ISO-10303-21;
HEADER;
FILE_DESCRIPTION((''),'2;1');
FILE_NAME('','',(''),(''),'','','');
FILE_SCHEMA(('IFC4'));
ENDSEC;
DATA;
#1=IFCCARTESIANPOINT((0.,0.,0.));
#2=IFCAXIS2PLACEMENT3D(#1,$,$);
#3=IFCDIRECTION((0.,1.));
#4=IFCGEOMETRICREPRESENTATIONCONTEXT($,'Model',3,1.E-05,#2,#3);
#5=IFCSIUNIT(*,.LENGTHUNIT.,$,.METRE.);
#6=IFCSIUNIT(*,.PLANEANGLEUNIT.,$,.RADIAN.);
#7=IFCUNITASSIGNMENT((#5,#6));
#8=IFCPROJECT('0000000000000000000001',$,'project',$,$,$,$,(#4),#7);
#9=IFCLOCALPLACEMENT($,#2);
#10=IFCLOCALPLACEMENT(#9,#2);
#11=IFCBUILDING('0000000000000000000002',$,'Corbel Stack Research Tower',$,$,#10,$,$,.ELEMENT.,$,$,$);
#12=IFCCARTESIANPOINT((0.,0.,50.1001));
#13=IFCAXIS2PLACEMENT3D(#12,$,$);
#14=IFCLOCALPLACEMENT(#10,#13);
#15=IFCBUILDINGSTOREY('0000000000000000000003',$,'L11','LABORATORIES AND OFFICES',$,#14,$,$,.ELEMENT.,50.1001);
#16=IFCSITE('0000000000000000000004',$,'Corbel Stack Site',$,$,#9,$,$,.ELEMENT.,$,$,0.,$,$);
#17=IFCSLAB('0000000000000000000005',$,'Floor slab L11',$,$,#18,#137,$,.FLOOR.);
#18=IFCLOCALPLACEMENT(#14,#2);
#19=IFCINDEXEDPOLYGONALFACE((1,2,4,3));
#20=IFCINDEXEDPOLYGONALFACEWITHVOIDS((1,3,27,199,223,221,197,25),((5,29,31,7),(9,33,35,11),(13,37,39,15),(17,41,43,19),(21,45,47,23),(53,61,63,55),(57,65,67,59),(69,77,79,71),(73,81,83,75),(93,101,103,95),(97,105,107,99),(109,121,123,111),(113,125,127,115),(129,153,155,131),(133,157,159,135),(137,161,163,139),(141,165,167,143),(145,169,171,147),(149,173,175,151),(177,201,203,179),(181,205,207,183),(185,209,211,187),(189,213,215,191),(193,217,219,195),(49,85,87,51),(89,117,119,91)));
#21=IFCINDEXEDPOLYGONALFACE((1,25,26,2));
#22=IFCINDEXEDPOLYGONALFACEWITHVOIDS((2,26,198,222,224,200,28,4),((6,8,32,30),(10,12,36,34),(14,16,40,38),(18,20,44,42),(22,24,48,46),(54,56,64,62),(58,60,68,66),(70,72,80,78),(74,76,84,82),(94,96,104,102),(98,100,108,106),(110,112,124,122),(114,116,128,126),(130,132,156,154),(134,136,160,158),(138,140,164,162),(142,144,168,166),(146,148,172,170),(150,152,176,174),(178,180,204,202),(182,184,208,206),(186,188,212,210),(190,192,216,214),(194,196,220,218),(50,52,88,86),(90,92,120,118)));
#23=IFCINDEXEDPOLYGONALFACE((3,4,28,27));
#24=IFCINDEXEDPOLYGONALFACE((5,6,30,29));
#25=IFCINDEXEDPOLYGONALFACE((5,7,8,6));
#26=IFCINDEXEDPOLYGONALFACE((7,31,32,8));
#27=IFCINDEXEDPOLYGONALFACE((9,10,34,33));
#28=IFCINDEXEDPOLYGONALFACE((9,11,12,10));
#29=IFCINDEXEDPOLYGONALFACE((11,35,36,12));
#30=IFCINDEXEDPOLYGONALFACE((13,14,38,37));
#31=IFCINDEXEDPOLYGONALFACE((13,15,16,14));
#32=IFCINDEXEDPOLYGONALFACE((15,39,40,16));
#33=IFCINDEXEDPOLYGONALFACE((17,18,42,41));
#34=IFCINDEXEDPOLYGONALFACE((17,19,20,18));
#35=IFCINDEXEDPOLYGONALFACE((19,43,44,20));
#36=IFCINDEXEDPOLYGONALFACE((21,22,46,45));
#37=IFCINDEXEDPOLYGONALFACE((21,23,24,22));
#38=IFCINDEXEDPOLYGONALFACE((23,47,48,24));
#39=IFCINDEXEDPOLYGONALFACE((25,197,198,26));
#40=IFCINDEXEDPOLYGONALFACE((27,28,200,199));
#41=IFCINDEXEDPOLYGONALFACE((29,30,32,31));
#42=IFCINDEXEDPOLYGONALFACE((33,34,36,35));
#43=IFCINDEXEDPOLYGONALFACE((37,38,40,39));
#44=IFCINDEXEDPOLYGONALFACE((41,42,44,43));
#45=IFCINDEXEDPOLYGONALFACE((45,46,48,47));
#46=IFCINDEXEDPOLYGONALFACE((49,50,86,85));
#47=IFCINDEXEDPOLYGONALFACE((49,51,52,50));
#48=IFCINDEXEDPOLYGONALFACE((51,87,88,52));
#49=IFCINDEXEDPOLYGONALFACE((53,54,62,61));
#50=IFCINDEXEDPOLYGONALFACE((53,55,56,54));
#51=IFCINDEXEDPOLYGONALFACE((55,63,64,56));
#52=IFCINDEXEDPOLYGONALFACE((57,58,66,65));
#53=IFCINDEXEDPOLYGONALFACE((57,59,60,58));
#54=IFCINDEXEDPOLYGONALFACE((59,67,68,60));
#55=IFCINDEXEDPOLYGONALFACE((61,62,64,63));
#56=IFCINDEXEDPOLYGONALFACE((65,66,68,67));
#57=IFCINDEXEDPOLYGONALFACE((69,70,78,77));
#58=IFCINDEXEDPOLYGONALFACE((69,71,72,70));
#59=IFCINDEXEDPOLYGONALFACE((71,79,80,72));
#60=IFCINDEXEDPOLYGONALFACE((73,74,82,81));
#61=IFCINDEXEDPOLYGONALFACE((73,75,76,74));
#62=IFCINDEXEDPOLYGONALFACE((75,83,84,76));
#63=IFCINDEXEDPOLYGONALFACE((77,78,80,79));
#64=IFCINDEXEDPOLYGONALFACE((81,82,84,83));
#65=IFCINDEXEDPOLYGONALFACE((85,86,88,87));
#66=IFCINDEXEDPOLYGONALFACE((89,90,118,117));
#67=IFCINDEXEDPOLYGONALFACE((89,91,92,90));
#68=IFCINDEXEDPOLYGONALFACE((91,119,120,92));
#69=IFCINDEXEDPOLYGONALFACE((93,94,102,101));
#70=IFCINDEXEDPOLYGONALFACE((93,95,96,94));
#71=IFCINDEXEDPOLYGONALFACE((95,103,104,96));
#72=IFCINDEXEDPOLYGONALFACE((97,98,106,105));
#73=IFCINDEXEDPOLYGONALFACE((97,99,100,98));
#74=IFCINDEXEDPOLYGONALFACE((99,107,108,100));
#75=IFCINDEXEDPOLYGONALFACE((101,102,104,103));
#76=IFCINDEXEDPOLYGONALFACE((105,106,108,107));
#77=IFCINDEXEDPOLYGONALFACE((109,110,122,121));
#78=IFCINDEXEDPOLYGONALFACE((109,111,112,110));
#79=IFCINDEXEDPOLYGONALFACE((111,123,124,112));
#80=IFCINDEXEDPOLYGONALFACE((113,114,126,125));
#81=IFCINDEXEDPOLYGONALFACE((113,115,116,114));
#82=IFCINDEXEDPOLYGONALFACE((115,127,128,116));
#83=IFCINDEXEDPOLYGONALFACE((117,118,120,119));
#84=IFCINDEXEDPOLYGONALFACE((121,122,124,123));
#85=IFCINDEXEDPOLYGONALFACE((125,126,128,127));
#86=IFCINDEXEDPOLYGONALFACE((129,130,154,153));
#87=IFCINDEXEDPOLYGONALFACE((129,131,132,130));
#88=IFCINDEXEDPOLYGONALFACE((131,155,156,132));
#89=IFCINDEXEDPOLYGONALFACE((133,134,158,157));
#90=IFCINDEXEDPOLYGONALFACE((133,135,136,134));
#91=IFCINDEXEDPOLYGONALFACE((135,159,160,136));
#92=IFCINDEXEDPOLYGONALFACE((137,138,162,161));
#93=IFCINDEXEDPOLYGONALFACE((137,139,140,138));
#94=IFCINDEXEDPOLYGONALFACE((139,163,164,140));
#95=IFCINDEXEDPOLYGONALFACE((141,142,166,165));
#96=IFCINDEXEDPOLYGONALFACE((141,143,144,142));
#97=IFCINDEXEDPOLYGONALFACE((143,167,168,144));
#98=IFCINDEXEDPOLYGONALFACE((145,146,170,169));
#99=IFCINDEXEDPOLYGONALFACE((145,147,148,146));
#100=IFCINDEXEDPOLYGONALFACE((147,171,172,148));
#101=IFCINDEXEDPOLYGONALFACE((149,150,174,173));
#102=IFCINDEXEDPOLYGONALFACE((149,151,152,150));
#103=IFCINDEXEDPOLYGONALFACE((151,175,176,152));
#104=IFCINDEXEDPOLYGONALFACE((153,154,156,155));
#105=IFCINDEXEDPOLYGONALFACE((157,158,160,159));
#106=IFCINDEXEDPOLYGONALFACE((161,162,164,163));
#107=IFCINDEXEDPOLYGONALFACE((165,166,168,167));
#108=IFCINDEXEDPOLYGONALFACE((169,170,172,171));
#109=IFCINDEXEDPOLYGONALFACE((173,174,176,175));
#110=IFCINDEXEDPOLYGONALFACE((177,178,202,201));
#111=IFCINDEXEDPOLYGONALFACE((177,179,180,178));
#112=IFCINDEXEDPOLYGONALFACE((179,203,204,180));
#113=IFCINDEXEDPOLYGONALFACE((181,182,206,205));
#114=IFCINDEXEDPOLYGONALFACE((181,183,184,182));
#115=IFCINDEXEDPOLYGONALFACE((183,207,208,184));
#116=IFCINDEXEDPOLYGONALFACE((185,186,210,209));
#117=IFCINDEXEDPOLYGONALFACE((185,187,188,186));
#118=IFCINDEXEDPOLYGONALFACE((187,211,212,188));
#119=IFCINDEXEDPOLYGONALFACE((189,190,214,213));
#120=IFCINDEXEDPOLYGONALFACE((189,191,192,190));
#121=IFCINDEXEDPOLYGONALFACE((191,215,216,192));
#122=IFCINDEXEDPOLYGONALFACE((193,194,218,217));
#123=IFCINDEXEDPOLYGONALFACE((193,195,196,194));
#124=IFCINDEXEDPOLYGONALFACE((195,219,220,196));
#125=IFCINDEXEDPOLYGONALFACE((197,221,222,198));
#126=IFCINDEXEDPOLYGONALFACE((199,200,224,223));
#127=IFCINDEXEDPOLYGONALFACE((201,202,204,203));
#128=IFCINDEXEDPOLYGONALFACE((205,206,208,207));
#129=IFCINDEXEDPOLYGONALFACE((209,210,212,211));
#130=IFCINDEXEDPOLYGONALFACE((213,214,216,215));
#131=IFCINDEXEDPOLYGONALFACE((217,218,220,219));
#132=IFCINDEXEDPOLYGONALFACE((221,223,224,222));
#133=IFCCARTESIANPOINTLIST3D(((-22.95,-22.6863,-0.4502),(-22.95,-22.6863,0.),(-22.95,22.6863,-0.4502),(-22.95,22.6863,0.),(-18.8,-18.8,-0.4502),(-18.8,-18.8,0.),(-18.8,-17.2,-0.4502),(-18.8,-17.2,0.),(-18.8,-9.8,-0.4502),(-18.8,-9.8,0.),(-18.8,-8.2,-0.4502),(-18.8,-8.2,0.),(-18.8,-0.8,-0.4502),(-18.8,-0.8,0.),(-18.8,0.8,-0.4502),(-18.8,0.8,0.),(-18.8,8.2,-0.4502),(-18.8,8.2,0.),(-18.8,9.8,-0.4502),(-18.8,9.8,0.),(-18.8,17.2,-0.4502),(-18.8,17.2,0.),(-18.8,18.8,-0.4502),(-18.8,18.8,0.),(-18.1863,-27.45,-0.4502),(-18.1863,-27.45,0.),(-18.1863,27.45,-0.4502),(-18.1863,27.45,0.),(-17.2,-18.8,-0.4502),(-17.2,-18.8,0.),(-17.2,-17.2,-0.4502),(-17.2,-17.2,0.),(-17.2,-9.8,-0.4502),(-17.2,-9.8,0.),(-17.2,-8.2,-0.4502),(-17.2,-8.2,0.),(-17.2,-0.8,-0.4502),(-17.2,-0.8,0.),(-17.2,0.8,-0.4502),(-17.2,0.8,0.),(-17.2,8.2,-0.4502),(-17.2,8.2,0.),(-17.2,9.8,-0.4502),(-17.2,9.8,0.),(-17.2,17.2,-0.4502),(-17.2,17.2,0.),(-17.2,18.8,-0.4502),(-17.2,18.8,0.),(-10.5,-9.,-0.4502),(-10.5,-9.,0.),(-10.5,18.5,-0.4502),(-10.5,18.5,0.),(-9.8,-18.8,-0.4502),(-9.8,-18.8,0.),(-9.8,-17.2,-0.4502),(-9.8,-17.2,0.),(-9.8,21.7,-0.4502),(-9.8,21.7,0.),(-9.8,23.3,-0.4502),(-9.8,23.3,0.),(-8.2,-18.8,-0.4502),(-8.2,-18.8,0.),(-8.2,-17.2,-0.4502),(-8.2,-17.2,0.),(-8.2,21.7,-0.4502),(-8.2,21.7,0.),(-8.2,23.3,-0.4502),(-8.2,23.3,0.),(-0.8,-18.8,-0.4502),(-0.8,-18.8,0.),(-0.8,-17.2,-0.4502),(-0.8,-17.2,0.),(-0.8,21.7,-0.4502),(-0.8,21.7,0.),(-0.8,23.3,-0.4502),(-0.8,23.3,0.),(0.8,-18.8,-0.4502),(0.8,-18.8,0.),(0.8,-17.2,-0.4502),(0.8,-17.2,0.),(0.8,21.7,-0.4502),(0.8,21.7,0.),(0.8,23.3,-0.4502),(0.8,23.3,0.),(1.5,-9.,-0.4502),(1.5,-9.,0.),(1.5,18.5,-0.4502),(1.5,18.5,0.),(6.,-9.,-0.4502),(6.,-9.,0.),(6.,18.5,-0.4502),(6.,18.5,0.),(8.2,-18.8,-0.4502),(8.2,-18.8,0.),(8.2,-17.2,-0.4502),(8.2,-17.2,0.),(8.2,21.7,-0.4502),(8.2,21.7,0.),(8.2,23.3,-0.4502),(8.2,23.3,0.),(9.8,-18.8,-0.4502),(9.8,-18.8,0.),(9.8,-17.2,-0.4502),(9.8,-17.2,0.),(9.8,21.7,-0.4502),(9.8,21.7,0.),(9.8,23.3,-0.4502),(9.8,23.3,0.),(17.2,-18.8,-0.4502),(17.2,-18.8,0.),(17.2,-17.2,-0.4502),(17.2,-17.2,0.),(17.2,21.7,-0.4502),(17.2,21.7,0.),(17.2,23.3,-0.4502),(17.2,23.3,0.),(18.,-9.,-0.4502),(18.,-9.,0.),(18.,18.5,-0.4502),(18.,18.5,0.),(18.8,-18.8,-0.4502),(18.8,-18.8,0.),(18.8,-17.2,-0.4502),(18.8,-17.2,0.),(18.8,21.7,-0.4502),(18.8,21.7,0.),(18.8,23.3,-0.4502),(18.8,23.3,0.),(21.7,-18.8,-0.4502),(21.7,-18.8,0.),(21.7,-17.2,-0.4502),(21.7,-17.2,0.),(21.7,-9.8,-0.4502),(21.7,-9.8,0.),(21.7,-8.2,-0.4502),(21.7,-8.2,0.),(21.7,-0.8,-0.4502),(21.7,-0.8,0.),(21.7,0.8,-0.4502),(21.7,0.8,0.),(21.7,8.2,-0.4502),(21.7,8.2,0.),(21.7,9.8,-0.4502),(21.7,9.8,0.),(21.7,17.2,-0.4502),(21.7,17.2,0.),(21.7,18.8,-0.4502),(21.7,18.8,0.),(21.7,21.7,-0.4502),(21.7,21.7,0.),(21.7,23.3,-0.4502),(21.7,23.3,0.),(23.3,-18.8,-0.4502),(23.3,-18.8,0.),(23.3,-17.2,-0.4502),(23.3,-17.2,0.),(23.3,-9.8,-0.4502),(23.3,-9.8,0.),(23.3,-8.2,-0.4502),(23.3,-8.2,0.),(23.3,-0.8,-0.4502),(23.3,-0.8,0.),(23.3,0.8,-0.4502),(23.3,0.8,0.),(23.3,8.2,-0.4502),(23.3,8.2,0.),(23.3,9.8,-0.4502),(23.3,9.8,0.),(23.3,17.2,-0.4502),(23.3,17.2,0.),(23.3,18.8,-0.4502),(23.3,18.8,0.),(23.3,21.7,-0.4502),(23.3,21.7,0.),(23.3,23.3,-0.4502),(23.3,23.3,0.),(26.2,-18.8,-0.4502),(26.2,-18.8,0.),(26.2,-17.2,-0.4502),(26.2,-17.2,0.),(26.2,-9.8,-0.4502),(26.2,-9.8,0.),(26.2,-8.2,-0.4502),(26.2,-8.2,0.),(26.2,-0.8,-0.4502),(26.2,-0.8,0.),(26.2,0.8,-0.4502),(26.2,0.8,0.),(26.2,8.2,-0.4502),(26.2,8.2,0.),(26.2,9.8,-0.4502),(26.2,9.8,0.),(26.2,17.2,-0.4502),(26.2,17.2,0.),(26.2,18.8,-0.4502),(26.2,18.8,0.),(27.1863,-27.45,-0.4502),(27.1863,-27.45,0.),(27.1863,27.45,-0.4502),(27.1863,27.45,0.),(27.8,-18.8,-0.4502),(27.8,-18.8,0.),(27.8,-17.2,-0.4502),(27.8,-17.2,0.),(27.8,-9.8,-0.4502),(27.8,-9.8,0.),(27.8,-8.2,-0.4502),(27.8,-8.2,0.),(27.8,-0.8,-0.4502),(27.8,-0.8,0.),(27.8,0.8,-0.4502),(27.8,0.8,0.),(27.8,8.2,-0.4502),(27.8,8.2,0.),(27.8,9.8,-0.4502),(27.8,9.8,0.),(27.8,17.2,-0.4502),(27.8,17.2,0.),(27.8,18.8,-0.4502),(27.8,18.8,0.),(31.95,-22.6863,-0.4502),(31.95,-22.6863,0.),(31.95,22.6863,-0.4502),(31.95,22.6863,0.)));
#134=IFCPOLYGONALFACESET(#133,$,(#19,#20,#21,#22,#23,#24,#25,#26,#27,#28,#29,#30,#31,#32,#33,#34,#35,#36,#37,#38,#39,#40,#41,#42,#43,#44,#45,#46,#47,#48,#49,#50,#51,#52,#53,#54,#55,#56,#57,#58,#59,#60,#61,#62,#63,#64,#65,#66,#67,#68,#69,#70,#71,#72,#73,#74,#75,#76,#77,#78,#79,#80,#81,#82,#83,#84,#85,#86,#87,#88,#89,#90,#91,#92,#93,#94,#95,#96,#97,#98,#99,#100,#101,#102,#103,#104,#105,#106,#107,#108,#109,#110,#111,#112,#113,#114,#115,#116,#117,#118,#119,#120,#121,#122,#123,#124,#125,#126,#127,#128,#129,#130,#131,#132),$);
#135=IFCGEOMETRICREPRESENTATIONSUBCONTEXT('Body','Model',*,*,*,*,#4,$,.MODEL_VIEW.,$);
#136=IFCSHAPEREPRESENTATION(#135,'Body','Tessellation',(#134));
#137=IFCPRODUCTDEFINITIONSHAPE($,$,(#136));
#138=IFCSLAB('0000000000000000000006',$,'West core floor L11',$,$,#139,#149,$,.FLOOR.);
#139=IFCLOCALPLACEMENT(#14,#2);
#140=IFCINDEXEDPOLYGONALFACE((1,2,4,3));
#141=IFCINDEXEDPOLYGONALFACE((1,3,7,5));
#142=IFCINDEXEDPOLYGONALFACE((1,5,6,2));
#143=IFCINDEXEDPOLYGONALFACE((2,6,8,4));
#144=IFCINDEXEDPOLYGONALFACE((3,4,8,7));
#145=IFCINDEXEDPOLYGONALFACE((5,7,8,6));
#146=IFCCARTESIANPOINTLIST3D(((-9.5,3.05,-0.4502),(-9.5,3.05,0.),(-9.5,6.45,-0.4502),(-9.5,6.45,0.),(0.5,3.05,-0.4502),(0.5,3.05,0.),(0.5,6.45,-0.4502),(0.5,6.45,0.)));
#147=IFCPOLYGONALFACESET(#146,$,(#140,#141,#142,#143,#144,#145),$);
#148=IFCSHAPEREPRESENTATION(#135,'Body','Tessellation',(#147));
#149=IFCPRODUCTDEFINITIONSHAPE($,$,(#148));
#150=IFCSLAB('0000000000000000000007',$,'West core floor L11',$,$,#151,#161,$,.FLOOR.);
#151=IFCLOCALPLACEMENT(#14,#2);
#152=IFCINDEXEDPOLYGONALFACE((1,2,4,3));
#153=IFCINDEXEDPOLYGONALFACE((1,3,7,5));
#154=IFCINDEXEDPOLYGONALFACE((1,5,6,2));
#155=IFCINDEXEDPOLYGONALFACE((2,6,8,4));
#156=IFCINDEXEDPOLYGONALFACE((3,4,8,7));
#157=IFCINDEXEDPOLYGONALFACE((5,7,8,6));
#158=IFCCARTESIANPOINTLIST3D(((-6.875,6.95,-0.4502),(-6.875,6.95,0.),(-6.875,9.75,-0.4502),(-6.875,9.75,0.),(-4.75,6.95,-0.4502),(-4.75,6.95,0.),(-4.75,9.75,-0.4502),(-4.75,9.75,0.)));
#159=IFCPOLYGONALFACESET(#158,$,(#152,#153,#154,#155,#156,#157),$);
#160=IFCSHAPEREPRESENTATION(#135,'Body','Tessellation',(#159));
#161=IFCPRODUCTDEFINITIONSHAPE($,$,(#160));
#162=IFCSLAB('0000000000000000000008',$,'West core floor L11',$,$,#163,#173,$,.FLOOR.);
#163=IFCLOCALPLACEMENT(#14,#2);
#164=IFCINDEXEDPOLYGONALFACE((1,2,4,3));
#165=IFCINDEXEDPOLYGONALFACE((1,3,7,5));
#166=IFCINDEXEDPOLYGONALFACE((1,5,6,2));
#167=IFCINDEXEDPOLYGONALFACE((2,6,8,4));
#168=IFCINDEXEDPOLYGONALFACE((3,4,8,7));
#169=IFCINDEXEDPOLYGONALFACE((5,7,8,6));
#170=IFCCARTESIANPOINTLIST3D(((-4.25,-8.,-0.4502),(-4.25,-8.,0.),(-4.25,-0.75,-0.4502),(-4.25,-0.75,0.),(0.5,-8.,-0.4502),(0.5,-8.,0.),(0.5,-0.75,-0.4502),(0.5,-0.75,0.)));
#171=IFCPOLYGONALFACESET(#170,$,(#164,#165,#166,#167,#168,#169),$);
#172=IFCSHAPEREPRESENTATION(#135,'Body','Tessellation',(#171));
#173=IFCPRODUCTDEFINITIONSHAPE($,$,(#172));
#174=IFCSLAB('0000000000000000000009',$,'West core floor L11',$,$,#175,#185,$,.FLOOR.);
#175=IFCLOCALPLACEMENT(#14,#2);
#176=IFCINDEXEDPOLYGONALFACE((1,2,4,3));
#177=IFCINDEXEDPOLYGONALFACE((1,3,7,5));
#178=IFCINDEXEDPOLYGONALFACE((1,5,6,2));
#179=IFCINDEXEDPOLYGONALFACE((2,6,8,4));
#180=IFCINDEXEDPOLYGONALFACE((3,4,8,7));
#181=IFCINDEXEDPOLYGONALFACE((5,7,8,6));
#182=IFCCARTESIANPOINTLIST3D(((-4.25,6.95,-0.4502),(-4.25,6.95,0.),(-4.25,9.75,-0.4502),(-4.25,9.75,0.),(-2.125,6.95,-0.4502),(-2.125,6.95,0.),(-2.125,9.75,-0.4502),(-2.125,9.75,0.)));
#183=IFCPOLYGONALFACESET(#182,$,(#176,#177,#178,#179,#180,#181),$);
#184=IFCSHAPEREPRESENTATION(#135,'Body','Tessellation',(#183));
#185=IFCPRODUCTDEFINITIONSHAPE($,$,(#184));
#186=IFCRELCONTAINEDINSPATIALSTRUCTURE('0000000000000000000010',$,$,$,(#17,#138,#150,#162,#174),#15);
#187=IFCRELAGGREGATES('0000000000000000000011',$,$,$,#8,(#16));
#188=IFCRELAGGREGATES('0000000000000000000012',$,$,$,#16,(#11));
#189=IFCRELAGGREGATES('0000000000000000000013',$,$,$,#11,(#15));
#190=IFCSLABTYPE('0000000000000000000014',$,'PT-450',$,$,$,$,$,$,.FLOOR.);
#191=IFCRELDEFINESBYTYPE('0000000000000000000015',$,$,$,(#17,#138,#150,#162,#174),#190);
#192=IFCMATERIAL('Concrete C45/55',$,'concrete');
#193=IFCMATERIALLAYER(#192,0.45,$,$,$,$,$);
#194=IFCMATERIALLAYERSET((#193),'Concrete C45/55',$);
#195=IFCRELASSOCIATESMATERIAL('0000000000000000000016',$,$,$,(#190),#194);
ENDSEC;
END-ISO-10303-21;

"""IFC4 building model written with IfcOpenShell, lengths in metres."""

from ifc_helpers import new_model, si_unit, direction, frame, origin, place, context, subcontext, project, spatial, polyline, outline, extrude, material, layer, layer_set, type_object, element, save


model = new_model("IFC4")

# Units and contexts
model_context = context("Model", 3, precision=1e-05, world=origin(), true_north=direction((0.0, 1.0)))
body_context = subcontext(model_context, "Body", "Model", "MODEL_VIEW")
ifc_project = project(units=[si_unit("LENGTHUNIT", "METRE"), si_unit("PLANEANGLEUNIT", "RADIAN")], contexts=[model_context])

# Site, building, storey
site_placement = place(None, origin())
site = spatial("IfcSite", under=ifc_project, at=site_placement, Name="Corbel Stack Site", CompositionType="ELEMENT", RefElevation=0.0)
building_placement = place(site_placement, origin())
building = spatial("IfcBuilding", under=site, at=building_placement, Name="Corbel Stack Research Tower", CompositionType="ELEMENT")
storey_placement = place(building_placement, frame((0.0, 0.0, 50.1001)))
storey = spatial("IfcBuildingStorey", under=building, at=storey_placement, Name="L11", Description="LABORATORIES AND OFFICES", CompositionType="ELEMENT", Elevation=50.1001)

# Slabs
ifc_material_1 = material(Name="Concrete C45/55", Category="concrete")
ifc_layer_1 = layer(ifc_material_1, 0.45)
ifc_layer_set_1 = layer_set([ifc_layer_1], Name="Concrete C45/55")
slab_type = type_object("IfcSlabType", Name="PT-450", PredefinedType="FLOOR", material=ifc_layer_set_1)
slab_1_placement = place(storey_placement, frame((0.0, 0.0, -0.4502)))
element("IfcSlab", 1, at=slab_1_placement, inside=storey, type_object=slab_type, Name="Floor slab L11", PredefinedType="FLOOR", context=body_context, shape_type="SweptSolid", body=[
    extrude(outline(polyline([(-18.1863, -27.45), (27.1863, -27.45), (31.95, -22.6863), (31.95, 22.6863), (27.1863, 27.45), (-18.1863, 27.45), (-22.95, 22.6863), (-22.95, -22.6863), (-18.1863, -27.45)]), holes=[polyline([(26.2, 17.2), (26.2, 18.8), (27.8, 18.8), (27.8, 17.2), (26.2, 17.2)]), polyline([(26.2, 8.2), (26.2, 9.8), (27.8, 9.8), (27.8, 8.2), (26.2, 8.2)]), polyline([(27.8, -0.8), (26.2, -0.8), (26.2, 0.8), (27.8, 0.8), (27.8, -0.8)]), polyline([(26.2, -9.8), (26.2, -8.2), (27.8, -8.2), (27.8, -9.8), (26.2, -9.8)]), polyline([(26.2, -18.8), (26.2, -17.2), (27.8, -17.2), (27.8, -18.8), (26.2, -18.8)]), polyline([(21.7, 21.7), (21.7, 23.3), (23.3, 23.3), (23.3, 21.7), (21.7, 21.7)]), polyline([(21.7, 17.2), (21.7, 18.8), (23.3, 18.8), (23.3, 17.2), (21.7, 17.2)]), polyline([(21.7, 8.2), (21.7, 9.8), (23.3, 9.8), (23.3, 8.2), (21.7, 8.2)]), polyline([(21.7, -0.8), (21.7, 0.8), (23.3, 0.8), (23.3, -0.8), (21.7, -0.8)]), polyline([(23.3, -9.8), (21.7, -9.8), (21.7, -8.2), (23.3, -8.2), (23.3, -9.8)]), polyline([(21.7, -18.8), (21.7, -17.2), (23.3, -17.2), (23.3, -18.8), (21.7, -18.8)]), polyline([(17.2, 21.7), (17.2, 23.3), (18.8, 23.3), (18.8, 21.7), (17.2, 21.7)]), polyline([(18.8, -18.8), (17.2, -18.8), (17.2, -17.2), (18.8, -17.2), (18.8, -18.8)]), polyline([(6.0, -9.0), (6.0, 18.5), (18.0, 18.5), (18.0, -9.0), (6.0, -9.0)]), polyline([(8.2, 21.7), (8.2, 23.3), (9.8, 23.3), (9.8, 21.7), (8.2, 21.7)]), polyline([(9.8, -18.8), (8.2, -18.8), (8.2, -17.2), (9.8, -17.2), (9.8, -18.8)]), polyline([(1.5, -9.0), (-10.5, -9.0), (-10.5, 18.5), (1.5, 18.5), (1.5, -9.0)]), polyline([(-0.8, 21.7), (-0.8, 23.3), (0.8, 23.3), (0.8, 21.7), (-0.8, 21.7)]), polyline([(-0.8, -18.8), (-0.8, -17.2), (0.8, -17.2), (0.8, -18.8), (-0.8, -18.8)]), polyline([(-9.8, 21.7), (-9.8, 23.3), (-8.2, 23.3), (-8.2, 21.7), (-9.8, 21.7)]), polyline([(-9.8, -18.8), (-9.8, -17.2), (-8.2, -17.2), (-8.2, -18.8), (-9.8, -18.8)]), polyline([(-18.8, 17.2), (-18.8, 18.8), (-17.2, 18.8), (-17.2, 17.2), (-18.8, 17.2)]), polyline([(-18.8, 8.2), (-18.8, 9.8), (-17.2, 9.8), (-17.2, 8.2), (-18.8, 8.2)]), polyline([(-18.8, -0.8), (-18.8, 0.8), (-17.2, 0.8), (-17.2, -0.8), (-18.8, -0.8)]), polyline([(-18.8, -9.8), (-18.8, -8.2), (-17.2, -8.2), (-17.2, -9.8), (-18.8, -9.8)]), polyline([(-17.2, -18.8), (-18.8, -18.8), (-18.8, -17.2), (-17.2, -17.2), (-17.2, -18.8)])]), origin(), (0.0, 0.0, 1.0), 0.4502),
])
slab_2_placement = place(storey_placement, frame((0.0, 0.0, -0.4502)))
element("IfcSlab", 2, at=slab_2_placement, inside=storey, type_object=slab_type, Name="West core floor L11", PredefinedType="FLOOR", context=body_context, shape_type="SweptSolid", body=[
    extrude(outline(polyline([(-9.5, 6.45), (-9.5, 3.05), (0.5, 3.05), (0.5, 6.45), (-9.5, 6.45)])), origin(), (0.0, 0.0, 1.0), 0.4502),
])
slab_3_placement = place(storey_placement, frame((0.0, 0.0, -0.4502)))
element("IfcSlab", 3, at=slab_3_placement, inside=storey, type_object=slab_type, Name="West core floor L11", PredefinedType="FLOOR", context=body_context, shape_type="SweptSolid", body=[
    extrude(outline(polyline([(-6.875, 6.95), (-4.75, 6.95), (-4.75, 9.75), (-6.875, 9.75), (-6.875, 6.95)])), origin(), (0.0, 0.0, 1.0), 0.4502),
])
slab_4_placement = place(storey_placement, frame((0.0, 0.0, -0.4502)))
element("IfcSlab", 4, at=slab_4_placement, inside=storey, type_object=slab_type, Name="West core floor L11", PredefinedType="FLOOR", context=body_context, shape_type="SweptSolid", body=[
    extrude(outline(polyline([(-4.25, -0.75), (-4.25, -8.0), (0.5, -8.0), (0.5, -0.75), (-4.25, -0.75)])), origin(), (0.0, 0.0, 1.0), 0.4502),
])
slab_5_placement = place(storey_placement, frame((0.0, 0.0, -0.4502)))
element("IfcSlab", 5, at=slab_5_placement, inside=storey, type_object=slab_type, Name="West core floor L11", PredefinedType="FLOOR", context=body_context, shape_type="SweptSolid", body=[
    extrude(outline(polyline([(-2.125, 6.95), (-2.125, 9.75), (-4.25, 9.75), (-4.25, 6.95), (-2.125, 6.95)])), origin(), (0.0, 0.0, 1.0), 0.4502),
])

save(model, "model.ifc")
